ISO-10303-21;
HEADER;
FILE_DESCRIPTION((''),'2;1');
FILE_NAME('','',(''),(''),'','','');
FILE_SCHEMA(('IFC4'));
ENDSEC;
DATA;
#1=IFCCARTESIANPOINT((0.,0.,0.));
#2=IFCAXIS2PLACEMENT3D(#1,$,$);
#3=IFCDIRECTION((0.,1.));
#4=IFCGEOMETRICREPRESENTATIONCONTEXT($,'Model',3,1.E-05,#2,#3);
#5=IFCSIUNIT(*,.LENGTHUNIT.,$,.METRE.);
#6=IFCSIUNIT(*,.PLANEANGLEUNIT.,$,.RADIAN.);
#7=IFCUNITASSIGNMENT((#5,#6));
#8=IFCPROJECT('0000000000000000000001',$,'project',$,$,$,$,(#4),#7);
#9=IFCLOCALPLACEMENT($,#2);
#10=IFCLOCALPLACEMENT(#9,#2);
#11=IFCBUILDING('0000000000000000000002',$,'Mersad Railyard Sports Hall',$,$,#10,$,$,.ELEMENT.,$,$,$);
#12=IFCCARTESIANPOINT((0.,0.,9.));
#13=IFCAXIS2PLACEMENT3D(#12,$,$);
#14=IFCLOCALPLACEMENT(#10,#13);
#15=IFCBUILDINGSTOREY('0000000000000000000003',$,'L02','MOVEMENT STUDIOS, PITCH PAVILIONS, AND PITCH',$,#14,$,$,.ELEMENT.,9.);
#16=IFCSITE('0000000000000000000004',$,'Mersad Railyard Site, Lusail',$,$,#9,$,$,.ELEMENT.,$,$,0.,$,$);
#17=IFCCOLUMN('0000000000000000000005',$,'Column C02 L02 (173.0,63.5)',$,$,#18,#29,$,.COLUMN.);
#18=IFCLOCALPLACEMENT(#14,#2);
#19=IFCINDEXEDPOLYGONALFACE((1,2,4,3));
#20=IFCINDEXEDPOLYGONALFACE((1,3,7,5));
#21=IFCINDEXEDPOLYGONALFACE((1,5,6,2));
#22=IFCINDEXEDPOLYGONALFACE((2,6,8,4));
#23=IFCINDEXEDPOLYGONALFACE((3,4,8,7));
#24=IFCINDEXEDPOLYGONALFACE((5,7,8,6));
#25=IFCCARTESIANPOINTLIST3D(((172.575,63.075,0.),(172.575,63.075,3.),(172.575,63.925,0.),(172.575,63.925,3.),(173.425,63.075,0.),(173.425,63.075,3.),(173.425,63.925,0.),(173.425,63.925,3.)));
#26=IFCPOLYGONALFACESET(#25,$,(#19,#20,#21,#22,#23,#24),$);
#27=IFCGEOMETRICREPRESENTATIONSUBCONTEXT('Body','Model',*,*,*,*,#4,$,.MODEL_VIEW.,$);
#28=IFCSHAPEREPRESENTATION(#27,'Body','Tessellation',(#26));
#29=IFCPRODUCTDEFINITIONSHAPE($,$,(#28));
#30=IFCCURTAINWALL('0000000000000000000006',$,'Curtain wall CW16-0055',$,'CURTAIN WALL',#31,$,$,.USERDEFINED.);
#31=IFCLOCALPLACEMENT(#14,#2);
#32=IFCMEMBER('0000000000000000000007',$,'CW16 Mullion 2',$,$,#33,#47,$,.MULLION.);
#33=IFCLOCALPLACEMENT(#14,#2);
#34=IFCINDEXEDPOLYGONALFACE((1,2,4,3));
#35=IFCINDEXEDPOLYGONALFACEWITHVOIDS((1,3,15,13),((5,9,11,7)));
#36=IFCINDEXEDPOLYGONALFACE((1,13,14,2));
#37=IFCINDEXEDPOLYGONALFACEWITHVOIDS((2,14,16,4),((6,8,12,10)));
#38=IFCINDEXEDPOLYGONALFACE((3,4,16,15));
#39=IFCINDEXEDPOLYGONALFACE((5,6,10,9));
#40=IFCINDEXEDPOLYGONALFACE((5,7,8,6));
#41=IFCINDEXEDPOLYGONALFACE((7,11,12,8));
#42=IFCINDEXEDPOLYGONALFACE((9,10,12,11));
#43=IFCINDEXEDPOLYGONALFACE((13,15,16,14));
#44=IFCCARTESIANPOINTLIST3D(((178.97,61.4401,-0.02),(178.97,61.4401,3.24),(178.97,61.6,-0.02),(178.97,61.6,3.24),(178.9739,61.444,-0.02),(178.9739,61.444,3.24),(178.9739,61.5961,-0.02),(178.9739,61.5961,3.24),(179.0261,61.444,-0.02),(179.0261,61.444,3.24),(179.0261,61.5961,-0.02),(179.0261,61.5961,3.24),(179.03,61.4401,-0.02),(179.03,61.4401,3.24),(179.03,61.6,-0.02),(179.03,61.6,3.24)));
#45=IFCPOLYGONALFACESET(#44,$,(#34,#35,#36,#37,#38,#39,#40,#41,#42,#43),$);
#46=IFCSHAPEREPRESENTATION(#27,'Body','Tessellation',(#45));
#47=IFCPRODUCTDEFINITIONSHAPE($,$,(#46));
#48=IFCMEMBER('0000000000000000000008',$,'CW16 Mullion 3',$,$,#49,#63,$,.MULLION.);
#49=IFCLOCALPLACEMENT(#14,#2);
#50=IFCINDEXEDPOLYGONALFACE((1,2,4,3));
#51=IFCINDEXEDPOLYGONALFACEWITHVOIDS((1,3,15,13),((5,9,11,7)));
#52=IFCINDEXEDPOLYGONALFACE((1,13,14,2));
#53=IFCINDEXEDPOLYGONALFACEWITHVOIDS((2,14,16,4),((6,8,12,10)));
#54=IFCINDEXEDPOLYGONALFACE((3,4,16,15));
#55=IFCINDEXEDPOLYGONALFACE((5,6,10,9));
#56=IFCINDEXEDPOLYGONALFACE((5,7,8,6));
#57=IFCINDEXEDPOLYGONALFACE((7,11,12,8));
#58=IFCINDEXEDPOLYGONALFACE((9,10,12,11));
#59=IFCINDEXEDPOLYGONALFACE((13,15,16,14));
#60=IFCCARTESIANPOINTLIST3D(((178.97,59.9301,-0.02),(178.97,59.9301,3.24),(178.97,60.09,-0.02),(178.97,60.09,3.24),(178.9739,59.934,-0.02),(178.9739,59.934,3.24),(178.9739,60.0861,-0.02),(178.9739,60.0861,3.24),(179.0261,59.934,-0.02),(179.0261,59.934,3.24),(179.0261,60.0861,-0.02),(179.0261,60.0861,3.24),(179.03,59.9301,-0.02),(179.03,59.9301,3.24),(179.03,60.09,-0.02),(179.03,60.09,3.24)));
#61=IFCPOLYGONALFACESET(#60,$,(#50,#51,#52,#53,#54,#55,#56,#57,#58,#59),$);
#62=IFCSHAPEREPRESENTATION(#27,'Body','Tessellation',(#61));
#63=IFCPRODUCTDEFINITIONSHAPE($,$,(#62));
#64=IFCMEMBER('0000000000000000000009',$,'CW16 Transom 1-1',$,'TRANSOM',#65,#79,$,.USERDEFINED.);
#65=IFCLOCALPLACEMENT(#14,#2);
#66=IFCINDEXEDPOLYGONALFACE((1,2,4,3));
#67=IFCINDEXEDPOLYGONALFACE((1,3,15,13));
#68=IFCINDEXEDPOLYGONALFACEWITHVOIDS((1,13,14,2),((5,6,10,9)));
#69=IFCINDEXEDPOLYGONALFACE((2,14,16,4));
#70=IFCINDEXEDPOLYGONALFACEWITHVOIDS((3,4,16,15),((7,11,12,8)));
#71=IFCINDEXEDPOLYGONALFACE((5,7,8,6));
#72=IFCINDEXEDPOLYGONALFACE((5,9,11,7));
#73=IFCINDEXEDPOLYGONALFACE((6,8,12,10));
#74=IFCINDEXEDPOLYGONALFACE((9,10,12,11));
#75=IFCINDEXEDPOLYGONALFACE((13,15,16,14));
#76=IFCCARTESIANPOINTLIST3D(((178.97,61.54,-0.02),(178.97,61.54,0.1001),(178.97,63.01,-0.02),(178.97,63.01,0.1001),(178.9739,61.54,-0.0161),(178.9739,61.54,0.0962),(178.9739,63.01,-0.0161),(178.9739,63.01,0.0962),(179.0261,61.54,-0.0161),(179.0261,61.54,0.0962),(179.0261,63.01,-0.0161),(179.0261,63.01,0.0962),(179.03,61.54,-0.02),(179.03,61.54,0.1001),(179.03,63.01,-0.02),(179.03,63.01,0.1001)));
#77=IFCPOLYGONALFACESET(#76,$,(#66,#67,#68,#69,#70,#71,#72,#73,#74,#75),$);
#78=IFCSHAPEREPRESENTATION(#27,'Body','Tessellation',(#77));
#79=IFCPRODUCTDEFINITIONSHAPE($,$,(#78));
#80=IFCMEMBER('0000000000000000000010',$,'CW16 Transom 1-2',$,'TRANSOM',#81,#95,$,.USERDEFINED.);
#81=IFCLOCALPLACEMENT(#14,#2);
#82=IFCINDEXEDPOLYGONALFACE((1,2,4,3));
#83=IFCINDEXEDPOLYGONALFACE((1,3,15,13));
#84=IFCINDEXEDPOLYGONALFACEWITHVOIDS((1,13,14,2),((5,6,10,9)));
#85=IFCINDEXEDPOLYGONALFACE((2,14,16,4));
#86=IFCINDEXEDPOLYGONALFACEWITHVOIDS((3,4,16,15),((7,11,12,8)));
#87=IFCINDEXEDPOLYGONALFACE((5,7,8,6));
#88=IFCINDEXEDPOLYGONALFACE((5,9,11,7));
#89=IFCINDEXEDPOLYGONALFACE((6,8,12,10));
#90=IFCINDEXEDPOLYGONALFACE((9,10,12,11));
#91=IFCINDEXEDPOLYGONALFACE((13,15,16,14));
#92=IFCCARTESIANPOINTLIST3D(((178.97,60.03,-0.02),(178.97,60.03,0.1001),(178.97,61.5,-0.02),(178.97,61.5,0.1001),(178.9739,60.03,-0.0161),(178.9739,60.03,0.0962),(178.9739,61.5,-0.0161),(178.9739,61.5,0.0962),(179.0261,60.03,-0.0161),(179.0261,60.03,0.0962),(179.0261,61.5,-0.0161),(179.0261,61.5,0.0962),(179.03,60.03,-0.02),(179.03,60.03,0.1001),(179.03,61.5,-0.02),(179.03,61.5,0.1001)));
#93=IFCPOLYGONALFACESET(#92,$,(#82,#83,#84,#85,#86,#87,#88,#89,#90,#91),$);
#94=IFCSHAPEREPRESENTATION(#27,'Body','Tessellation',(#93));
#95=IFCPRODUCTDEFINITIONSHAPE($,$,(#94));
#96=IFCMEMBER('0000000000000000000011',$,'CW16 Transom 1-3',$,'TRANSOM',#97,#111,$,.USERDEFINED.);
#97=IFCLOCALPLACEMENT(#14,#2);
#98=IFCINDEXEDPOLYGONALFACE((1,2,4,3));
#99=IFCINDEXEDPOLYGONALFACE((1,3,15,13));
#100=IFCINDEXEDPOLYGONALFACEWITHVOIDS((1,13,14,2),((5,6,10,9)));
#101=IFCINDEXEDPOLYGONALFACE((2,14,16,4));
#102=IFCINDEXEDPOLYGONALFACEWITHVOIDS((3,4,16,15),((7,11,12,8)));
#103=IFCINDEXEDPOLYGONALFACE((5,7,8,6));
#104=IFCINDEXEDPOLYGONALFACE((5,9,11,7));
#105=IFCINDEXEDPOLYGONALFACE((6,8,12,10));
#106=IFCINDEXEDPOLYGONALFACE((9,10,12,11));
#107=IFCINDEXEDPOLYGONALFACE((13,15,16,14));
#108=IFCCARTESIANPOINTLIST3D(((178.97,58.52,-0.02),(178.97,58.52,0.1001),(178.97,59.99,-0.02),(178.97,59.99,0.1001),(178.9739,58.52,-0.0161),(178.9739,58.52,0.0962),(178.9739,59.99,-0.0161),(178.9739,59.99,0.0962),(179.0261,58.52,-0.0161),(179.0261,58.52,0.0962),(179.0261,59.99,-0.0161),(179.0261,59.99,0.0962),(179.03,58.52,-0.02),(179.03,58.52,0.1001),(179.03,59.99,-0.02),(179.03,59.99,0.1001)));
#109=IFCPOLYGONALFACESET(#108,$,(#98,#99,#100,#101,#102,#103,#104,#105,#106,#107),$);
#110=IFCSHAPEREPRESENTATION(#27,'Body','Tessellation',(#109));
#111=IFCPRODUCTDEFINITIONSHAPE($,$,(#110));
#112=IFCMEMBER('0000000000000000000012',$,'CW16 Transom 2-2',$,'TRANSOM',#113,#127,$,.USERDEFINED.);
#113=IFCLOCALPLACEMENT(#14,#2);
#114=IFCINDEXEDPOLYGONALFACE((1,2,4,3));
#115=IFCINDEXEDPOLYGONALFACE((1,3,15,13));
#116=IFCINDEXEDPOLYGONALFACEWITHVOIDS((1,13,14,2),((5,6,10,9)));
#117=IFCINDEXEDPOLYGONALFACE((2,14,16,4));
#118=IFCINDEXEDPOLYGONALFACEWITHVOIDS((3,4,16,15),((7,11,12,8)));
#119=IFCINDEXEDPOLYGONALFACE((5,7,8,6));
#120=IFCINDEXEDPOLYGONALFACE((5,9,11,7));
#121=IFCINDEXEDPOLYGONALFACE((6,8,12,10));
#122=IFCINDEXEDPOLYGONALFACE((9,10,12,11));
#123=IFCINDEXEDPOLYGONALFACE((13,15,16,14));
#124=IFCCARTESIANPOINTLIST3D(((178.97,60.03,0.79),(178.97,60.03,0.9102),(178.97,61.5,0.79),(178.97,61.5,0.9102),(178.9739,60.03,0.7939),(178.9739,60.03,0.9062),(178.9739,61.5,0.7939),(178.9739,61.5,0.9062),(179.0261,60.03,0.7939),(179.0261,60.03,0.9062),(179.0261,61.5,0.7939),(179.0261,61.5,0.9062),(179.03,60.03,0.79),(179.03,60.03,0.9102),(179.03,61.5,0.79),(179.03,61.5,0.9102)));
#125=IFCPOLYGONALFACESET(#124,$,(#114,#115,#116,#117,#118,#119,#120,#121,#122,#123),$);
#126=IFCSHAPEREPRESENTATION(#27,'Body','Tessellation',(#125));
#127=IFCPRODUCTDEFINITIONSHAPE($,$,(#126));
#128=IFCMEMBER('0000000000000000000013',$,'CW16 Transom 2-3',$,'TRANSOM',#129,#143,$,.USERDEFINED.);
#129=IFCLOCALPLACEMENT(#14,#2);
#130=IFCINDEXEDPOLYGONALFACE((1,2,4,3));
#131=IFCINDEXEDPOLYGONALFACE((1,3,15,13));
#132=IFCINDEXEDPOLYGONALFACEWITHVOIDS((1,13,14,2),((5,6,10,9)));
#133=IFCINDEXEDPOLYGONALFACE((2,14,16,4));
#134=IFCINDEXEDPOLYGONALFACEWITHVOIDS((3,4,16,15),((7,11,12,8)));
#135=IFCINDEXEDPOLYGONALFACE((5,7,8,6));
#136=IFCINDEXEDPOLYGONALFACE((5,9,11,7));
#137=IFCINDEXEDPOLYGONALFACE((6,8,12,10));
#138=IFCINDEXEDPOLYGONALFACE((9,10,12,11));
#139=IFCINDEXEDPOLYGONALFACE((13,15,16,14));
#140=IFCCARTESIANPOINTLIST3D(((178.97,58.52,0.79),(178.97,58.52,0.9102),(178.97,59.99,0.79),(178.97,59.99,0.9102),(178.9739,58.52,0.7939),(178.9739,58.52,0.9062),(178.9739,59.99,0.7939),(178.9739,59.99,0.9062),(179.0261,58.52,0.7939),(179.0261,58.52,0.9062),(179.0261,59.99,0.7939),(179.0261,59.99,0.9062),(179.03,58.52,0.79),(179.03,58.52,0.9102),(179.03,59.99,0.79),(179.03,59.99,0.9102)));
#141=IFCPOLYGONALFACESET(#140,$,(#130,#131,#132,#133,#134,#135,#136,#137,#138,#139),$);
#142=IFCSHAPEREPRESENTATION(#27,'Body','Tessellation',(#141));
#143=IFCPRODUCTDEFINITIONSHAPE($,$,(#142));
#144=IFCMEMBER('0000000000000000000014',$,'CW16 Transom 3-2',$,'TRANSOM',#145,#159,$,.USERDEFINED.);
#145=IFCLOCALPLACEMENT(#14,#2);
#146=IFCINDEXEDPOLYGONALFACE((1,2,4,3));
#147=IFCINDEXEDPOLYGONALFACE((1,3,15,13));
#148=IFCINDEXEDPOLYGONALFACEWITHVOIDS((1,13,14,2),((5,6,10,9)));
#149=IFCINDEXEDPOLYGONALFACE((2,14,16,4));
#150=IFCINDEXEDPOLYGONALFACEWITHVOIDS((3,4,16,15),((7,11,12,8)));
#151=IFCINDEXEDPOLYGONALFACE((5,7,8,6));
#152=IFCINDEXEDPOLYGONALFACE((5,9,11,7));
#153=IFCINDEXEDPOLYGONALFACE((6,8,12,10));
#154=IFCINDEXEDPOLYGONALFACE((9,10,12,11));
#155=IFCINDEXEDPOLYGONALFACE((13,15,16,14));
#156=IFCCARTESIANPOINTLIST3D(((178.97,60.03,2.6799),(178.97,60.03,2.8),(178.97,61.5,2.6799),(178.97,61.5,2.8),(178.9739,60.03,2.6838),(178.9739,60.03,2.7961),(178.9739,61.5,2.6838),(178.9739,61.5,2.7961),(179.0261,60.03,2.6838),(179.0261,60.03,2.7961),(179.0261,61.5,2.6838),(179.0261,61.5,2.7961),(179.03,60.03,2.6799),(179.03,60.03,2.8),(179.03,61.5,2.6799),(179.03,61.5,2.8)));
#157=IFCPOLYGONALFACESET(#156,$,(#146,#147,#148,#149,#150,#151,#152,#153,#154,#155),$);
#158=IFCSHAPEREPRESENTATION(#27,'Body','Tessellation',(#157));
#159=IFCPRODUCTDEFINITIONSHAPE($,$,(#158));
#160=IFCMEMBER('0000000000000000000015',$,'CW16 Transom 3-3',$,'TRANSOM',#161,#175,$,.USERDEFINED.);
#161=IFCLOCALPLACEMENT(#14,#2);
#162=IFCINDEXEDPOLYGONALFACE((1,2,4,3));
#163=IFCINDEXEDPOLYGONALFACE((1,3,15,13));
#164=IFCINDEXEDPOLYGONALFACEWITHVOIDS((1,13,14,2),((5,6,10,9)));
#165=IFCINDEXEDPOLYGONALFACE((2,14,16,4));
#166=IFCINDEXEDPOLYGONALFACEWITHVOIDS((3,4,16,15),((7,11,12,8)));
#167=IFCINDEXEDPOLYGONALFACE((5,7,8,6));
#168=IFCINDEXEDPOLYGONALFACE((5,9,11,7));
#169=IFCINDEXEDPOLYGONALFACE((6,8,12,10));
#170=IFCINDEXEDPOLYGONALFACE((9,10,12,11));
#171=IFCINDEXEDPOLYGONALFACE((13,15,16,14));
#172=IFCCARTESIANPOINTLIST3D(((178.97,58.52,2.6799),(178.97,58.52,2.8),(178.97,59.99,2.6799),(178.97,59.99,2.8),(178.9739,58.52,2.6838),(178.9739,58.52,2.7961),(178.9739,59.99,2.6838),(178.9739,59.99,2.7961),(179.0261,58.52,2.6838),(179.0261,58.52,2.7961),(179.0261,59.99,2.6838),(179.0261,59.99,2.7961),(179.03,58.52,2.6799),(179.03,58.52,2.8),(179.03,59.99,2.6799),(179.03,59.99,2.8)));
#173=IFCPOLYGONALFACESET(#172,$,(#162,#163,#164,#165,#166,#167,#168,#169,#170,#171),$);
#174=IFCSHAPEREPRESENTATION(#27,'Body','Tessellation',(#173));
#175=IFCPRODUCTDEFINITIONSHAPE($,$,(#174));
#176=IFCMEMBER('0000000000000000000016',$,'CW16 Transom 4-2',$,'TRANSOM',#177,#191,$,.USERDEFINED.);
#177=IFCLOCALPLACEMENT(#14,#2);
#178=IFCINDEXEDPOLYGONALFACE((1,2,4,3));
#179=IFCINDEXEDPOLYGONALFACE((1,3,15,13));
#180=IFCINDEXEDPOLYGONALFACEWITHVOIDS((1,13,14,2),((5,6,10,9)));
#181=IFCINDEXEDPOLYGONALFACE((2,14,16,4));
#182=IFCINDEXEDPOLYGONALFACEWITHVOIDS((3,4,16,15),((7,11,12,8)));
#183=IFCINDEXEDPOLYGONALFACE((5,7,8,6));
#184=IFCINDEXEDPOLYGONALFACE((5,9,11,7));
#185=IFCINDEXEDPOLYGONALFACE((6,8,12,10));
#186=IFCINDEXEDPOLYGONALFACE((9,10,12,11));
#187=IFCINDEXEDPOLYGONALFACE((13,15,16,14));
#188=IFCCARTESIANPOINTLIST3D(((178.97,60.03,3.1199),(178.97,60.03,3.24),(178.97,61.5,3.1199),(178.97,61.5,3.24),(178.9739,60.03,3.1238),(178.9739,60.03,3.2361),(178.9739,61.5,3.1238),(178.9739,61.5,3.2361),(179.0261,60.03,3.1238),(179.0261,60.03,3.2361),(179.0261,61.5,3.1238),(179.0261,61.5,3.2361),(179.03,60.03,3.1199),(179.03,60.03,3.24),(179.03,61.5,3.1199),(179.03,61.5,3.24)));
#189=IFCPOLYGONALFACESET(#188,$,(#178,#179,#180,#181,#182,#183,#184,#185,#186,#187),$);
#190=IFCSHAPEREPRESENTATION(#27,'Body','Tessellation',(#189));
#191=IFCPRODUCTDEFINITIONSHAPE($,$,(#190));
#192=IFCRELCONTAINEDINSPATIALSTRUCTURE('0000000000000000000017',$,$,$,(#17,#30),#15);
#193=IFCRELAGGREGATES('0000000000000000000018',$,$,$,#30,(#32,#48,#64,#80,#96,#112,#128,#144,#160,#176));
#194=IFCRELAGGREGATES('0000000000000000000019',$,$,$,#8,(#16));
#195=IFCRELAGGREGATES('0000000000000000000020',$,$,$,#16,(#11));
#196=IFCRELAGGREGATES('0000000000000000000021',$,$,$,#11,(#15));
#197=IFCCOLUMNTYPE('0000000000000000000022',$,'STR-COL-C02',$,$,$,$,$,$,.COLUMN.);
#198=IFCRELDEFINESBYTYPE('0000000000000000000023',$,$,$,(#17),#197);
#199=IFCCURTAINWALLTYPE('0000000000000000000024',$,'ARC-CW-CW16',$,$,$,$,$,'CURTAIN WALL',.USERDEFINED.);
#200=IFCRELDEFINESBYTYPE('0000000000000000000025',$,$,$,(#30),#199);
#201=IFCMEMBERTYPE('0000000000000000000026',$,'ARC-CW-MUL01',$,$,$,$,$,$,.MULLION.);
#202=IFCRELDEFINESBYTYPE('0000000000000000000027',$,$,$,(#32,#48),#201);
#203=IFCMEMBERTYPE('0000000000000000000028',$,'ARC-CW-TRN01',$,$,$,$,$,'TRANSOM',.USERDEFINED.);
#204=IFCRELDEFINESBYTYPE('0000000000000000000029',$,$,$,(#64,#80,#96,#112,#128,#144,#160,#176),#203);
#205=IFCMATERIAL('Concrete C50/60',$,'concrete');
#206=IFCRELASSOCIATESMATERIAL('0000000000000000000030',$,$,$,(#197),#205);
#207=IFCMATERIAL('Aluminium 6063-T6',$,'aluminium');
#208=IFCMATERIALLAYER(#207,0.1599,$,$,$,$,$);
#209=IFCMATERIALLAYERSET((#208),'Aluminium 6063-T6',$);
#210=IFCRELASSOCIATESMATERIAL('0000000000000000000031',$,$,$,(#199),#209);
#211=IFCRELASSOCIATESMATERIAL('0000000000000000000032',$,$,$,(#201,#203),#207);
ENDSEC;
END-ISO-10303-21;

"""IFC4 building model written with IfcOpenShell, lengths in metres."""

from ifc_helpers import new_model, si_unit, direction, frame, origin, origin_2d, place, context, subcontext, project, spatial, rectangle, hollow_rectangle, extrude, material, layer, layer_set, material_profile, profile_set, type_object, element, aggregate, save


model = new_model("IFC4")

# Units and contexts
model_context = context("Model", 3, precision=1e-05, world=origin(), true_north=direction((0.0, 1.0)))
body_context = subcontext(model_context, "Body", "Model", "MODEL_VIEW")
ifc_project = project(units=[si_unit("LENGTHUNIT", "METRE"), si_unit("PLANEANGLEUNIT", "RADIAN")], contexts=[model_context])

# Site, building, storey
site_placement = place(None, origin())
site = spatial("IfcSite", under=ifc_project, at=site_placement, Name="Mersad Railyard Site, Lusail", CompositionType="ELEMENT", RefElevation=0.0)
building_placement = place(site_placement, origin())
building = spatial("IfcBuilding", under=site, at=building_placement, Name="Mersad Railyard Sports Hall", CompositionType="ELEMENT")
storey_placement = place(building_placement, frame((0.0, 0.0, 9.0)))
storey = spatial("IfcBuildingStorey", under=building, at=storey_placement, Name="L02", Description="MOVEMENT STUDIOS, PITCH PAVILIONS, AND PITCH", CompositionType="ELEMENT", Elevation=9.0)

# Column
ifc_material_1 = material(Name="Concrete C50/60", Category="concrete")
ifc_material_profile_1 = material_profile(ifc_material_1, rectangle(XDim=0.8501, YDim=0.8501, at=origin_2d()), Name="RC 850x850")
ifc_profile_set_1 = profile_set([ifc_material_profile_1], Name="Concrete C50/60")
column_type = type_object("IfcColumnType", Name="STR-COL-C02", PredefinedType="COLUMN", material=ifc_profile_set_1)
column_placement = place(storey_placement, frame((173.0, 63.5, 0.0), z_axis=(0.0, 0.0, 1.0), x_axis=(1.0, 0.0, 0.0)))
element("IfcColumn", 1, at=column_placement, inside=storey, type_object=column_type, Name="Column C02 L02 (173.0,63.5)", PredefinedType="COLUMN", context=body_context, shape_type="SweptSolid", body=[
    extrude(rectangle(XDim=0.8501, YDim=0.8501, at=origin_2d()), origin(), (0.0, 0.0, 1.0), 3.0),
])

# Curtain wall, members
ifc_material_2 = material(Name="Aluminium 6063-T6", Category="aluminium")
ifc_layer_1 = layer(ifc_material_2, 0.1599)
ifc_layer_set_1 = layer_set([ifc_layer_1], Name="Aluminium 6063-T6")
curtain_wall_type = type_object("IfcCurtainWallType", Name="ARC-CW-CW16", ElementType="CURTAIN WALL", PredefinedType="USERDEFINED", material=ifc_layer_set_1)
curtain_wall_placement = place(storey_placement, origin())
curtain_wall = element("IfcCurtainWall", 2, at=curtain_wall_placement, inside=storey, type_object=curtain_wall_type, Name="Curtain wall CW16-0055", ObjectType="CURTAIN WALL", PredefinedType="USERDEFINED")
ifc_material_profile_2 = material_profile(ifc_material_2, hollow_rectangle(XDim=0.0601, YDim=0.1599, WallThickness=0.0039, at=origin_2d()), Name="AL MULLION 60x160x4")
ifc_profile_set_2 = profile_set([ifc_material_profile_2], Name="Aluminium 6063-T6")
member_type_1 = type_object("IfcMemberType", Name="ARC-CW-MUL01", PredefinedType="MULLION", material=ifc_profile_set_2)
member_1_placement = place(storey_placement, frame((179.0, 61.52, -0.02), z_axis=(0.0, 0.0, 1.0), x_axis=(1.0, 0.0, 0.0)))
member_1 = element("IfcMember", 3, at=member_1_placement, type_object=member_type_1, Name="CW16 Mullion 2", PredefinedType="MULLION", context=body_context, shape_type="SweptSolid", body=[
    extrude(hollow_rectangle(XDim=0.0601, YDim=0.1599, WallThickness=0.0039, at=origin_2d()), origin(), (0.0, 0.0, 1.0), 3.26),
])
member_2_placement = place(storey_placement, frame((179.0, 60.01, -0.02), z_axis=(0.0, 0.0, 1.0), x_axis=(1.0, 0.0, 0.0)))
member_2 = element("IfcMember", 4, at=member_2_placement, type_object=member_type_1, Name="CW16 Mullion 3", PredefinedType="MULLION", context=body_context, shape_type="SweptSolid", body=[
    extrude(hollow_rectangle(XDim=0.0601, YDim=0.1599, WallThickness=0.0039, at=origin_2d()), origin(), (0.0, 0.0, 1.0), 3.26),
])
ifc_material_profile_3 = material_profile(ifc_material_2, hollow_rectangle(XDim=0.0601, YDim=0.1201, WallThickness=0.0039, at=origin_2d()), Name="AL TRANSOM 60x120x4")
ifc_profile_set_3 = profile_set([ifc_material_profile_3], Name="Aluminium 6063-T6")
member_type_2 = type_object("IfcMemberType", Name="ARC-CW-TRN01", ElementType="TRANSOM", PredefinedType="USERDEFINED", material=ifc_profile_set_3)
member_3_placement = place(storey_placement, frame((179.0, 63.01, 0.04), z_axis=(0.0, -1.0, 0.0), x_axis=(1.0, 0.0, 0.0)))
member_3 = element("IfcMember", 5, at=member_3_placement, type_object=member_type_2, Name="CW16 Transom 1-1", ObjectType="TRANSOM", PredefinedType="USERDEFINED", context=body_context, shape_type="SweptSolid", body=[
    extrude(hollow_rectangle(XDim=0.0601, YDim=0.1201, WallThickness=0.0039, at=origin_2d()), origin(), (0.0, 0.0, 1.0), 1.47),
])
member_4_placement = place(storey_placement, frame((179.0, 61.5, 0.04), z_axis=(0.0, -1.0, 0.0), x_axis=(1.0, 0.0, 0.0)))
member_4 = element("IfcMember", 6, at=member_4_placement, type_object=member_type_2, Name="CW16 Transom 1-2", ObjectType="TRANSOM", PredefinedType="USERDEFINED", context=body_context, shape_type="SweptSolid", body=[
    extrude(hollow_rectangle(XDim=0.0601, YDim=0.1201, WallThickness=0.0039, at=origin_2d()), origin(), (0.0, 0.0, 1.0), 1.47),
])
member_5_placement = place(storey_placement, frame((179.0, 59.99, 0.04), z_axis=(0.0, -1.0, 0.0), x_axis=(1.0, 0.0, 0.0)))
member_5 = element("IfcMember", 7, at=member_5_placement, type_object=member_type_2, Name="CW16 Transom 1-3", ObjectType="TRANSOM", PredefinedType="USERDEFINED", context=body_context, shape_type="SweptSolid", body=[
    extrude(hollow_rectangle(XDim=0.0601, YDim=0.1201, WallThickness=0.0039, at=origin_2d()), origin(), (0.0, 0.0, 1.0), 1.47),
])
member_6_placement = place(storey_placement, frame((179.0, 61.5, 0.8501), z_axis=(0.0, -1.0, 0.0), x_axis=(1.0, 0.0, 0.0)))
member_6 = element("IfcMember", 8, at=member_6_placement, type_object=member_type_2, Name="CW16 Transom 2-2", ObjectType="TRANSOM", PredefinedType="USERDEFINED", context=body_context, shape_type="SweptSolid", body=[
    extrude(hollow_rectangle(XDim=0.0601, YDim=0.1201, WallThickness=0.0039, at=origin_2d()), origin(), (0.0, 0.0, 1.0), 1.47),
])
member_7_placement = place(storey_placement, frame((179.0, 59.99, 0.8501), z_axis=(0.0, -1.0, 0.0), x_axis=(1.0, 0.0, 0.0)))
member_7 = element("IfcMember", 9, at=member_7_placement, type_object=member_type_2, Name="CW16 Transom 2-3", ObjectType="TRANSOM", PredefinedType="USERDEFINED", context=body_context, shape_type="SweptSolid", body=[
    extrude(hollow_rectangle(XDim=0.0601, YDim=0.1201, WallThickness=0.0039, at=origin_2d()), origin(), (0.0, 0.0, 1.0), 1.47),
])
member_8_placement = place(storey_placement, frame((179.0, 61.5, 2.74), z_axis=(0.0, -1.0, 0.0), x_axis=(1.0, 0.0, 0.0)))
member_8 = element("IfcMember", 10, at=member_8_placement, type_object=member_type_2, Name="CW16 Transom 3-2", ObjectType="TRANSOM", PredefinedType="USERDEFINED", context=body_context, shape_type="SweptSolid", body=[
    extrude(hollow_rectangle(XDim=0.0601, YDim=0.1201, WallThickness=0.0039, at=origin_2d()), origin(), (0.0, 0.0, 1.0), 1.47),
])
member_9_placement = place(storey_placement, frame((179.0, 59.99, 2.74), z_axis=(0.0, -1.0, 0.0), x_axis=(1.0, 0.0, 0.0)))
member_9 = element("IfcMember", 11, at=member_9_placement, type_object=member_type_2, Name="CW16 Transom 3-3", ObjectType="TRANSOM", PredefinedType="USERDEFINED", context=body_context, shape_type="SweptSolid", body=[
    extrude(hollow_rectangle(XDim=0.0601, YDim=0.1201, WallThickness=0.0039, at=origin_2d()), origin(), (0.0, 0.0, 1.0), 1.47),
])
member_10_placement = place(storey_placement, frame((179.0, 61.5, 3.1799), z_axis=(0.0, -1.0, 0.0), x_axis=(1.0, 0.0, 0.0)))
member_10 = element("IfcMember", 12, at=member_10_placement, type_object=member_type_2, Name="CW16 Transom 4-2", ObjectType="TRANSOM", PredefinedType="USERDEFINED", context=body_context, shape_type="SweptSolid", body=[
    extrude(hollow_rectangle(XDim=0.0601, YDim=0.1201, WallThickness=0.0039, at=origin_2d()), origin(), (0.0, 0.0, 1.0), 1.47),
])

aggregate(curtain_wall, [member_1, member_2, member_3, member_4, member_5, member_6, member_7, member_8, member_9, member_10])

save(model, "model.ifc")
